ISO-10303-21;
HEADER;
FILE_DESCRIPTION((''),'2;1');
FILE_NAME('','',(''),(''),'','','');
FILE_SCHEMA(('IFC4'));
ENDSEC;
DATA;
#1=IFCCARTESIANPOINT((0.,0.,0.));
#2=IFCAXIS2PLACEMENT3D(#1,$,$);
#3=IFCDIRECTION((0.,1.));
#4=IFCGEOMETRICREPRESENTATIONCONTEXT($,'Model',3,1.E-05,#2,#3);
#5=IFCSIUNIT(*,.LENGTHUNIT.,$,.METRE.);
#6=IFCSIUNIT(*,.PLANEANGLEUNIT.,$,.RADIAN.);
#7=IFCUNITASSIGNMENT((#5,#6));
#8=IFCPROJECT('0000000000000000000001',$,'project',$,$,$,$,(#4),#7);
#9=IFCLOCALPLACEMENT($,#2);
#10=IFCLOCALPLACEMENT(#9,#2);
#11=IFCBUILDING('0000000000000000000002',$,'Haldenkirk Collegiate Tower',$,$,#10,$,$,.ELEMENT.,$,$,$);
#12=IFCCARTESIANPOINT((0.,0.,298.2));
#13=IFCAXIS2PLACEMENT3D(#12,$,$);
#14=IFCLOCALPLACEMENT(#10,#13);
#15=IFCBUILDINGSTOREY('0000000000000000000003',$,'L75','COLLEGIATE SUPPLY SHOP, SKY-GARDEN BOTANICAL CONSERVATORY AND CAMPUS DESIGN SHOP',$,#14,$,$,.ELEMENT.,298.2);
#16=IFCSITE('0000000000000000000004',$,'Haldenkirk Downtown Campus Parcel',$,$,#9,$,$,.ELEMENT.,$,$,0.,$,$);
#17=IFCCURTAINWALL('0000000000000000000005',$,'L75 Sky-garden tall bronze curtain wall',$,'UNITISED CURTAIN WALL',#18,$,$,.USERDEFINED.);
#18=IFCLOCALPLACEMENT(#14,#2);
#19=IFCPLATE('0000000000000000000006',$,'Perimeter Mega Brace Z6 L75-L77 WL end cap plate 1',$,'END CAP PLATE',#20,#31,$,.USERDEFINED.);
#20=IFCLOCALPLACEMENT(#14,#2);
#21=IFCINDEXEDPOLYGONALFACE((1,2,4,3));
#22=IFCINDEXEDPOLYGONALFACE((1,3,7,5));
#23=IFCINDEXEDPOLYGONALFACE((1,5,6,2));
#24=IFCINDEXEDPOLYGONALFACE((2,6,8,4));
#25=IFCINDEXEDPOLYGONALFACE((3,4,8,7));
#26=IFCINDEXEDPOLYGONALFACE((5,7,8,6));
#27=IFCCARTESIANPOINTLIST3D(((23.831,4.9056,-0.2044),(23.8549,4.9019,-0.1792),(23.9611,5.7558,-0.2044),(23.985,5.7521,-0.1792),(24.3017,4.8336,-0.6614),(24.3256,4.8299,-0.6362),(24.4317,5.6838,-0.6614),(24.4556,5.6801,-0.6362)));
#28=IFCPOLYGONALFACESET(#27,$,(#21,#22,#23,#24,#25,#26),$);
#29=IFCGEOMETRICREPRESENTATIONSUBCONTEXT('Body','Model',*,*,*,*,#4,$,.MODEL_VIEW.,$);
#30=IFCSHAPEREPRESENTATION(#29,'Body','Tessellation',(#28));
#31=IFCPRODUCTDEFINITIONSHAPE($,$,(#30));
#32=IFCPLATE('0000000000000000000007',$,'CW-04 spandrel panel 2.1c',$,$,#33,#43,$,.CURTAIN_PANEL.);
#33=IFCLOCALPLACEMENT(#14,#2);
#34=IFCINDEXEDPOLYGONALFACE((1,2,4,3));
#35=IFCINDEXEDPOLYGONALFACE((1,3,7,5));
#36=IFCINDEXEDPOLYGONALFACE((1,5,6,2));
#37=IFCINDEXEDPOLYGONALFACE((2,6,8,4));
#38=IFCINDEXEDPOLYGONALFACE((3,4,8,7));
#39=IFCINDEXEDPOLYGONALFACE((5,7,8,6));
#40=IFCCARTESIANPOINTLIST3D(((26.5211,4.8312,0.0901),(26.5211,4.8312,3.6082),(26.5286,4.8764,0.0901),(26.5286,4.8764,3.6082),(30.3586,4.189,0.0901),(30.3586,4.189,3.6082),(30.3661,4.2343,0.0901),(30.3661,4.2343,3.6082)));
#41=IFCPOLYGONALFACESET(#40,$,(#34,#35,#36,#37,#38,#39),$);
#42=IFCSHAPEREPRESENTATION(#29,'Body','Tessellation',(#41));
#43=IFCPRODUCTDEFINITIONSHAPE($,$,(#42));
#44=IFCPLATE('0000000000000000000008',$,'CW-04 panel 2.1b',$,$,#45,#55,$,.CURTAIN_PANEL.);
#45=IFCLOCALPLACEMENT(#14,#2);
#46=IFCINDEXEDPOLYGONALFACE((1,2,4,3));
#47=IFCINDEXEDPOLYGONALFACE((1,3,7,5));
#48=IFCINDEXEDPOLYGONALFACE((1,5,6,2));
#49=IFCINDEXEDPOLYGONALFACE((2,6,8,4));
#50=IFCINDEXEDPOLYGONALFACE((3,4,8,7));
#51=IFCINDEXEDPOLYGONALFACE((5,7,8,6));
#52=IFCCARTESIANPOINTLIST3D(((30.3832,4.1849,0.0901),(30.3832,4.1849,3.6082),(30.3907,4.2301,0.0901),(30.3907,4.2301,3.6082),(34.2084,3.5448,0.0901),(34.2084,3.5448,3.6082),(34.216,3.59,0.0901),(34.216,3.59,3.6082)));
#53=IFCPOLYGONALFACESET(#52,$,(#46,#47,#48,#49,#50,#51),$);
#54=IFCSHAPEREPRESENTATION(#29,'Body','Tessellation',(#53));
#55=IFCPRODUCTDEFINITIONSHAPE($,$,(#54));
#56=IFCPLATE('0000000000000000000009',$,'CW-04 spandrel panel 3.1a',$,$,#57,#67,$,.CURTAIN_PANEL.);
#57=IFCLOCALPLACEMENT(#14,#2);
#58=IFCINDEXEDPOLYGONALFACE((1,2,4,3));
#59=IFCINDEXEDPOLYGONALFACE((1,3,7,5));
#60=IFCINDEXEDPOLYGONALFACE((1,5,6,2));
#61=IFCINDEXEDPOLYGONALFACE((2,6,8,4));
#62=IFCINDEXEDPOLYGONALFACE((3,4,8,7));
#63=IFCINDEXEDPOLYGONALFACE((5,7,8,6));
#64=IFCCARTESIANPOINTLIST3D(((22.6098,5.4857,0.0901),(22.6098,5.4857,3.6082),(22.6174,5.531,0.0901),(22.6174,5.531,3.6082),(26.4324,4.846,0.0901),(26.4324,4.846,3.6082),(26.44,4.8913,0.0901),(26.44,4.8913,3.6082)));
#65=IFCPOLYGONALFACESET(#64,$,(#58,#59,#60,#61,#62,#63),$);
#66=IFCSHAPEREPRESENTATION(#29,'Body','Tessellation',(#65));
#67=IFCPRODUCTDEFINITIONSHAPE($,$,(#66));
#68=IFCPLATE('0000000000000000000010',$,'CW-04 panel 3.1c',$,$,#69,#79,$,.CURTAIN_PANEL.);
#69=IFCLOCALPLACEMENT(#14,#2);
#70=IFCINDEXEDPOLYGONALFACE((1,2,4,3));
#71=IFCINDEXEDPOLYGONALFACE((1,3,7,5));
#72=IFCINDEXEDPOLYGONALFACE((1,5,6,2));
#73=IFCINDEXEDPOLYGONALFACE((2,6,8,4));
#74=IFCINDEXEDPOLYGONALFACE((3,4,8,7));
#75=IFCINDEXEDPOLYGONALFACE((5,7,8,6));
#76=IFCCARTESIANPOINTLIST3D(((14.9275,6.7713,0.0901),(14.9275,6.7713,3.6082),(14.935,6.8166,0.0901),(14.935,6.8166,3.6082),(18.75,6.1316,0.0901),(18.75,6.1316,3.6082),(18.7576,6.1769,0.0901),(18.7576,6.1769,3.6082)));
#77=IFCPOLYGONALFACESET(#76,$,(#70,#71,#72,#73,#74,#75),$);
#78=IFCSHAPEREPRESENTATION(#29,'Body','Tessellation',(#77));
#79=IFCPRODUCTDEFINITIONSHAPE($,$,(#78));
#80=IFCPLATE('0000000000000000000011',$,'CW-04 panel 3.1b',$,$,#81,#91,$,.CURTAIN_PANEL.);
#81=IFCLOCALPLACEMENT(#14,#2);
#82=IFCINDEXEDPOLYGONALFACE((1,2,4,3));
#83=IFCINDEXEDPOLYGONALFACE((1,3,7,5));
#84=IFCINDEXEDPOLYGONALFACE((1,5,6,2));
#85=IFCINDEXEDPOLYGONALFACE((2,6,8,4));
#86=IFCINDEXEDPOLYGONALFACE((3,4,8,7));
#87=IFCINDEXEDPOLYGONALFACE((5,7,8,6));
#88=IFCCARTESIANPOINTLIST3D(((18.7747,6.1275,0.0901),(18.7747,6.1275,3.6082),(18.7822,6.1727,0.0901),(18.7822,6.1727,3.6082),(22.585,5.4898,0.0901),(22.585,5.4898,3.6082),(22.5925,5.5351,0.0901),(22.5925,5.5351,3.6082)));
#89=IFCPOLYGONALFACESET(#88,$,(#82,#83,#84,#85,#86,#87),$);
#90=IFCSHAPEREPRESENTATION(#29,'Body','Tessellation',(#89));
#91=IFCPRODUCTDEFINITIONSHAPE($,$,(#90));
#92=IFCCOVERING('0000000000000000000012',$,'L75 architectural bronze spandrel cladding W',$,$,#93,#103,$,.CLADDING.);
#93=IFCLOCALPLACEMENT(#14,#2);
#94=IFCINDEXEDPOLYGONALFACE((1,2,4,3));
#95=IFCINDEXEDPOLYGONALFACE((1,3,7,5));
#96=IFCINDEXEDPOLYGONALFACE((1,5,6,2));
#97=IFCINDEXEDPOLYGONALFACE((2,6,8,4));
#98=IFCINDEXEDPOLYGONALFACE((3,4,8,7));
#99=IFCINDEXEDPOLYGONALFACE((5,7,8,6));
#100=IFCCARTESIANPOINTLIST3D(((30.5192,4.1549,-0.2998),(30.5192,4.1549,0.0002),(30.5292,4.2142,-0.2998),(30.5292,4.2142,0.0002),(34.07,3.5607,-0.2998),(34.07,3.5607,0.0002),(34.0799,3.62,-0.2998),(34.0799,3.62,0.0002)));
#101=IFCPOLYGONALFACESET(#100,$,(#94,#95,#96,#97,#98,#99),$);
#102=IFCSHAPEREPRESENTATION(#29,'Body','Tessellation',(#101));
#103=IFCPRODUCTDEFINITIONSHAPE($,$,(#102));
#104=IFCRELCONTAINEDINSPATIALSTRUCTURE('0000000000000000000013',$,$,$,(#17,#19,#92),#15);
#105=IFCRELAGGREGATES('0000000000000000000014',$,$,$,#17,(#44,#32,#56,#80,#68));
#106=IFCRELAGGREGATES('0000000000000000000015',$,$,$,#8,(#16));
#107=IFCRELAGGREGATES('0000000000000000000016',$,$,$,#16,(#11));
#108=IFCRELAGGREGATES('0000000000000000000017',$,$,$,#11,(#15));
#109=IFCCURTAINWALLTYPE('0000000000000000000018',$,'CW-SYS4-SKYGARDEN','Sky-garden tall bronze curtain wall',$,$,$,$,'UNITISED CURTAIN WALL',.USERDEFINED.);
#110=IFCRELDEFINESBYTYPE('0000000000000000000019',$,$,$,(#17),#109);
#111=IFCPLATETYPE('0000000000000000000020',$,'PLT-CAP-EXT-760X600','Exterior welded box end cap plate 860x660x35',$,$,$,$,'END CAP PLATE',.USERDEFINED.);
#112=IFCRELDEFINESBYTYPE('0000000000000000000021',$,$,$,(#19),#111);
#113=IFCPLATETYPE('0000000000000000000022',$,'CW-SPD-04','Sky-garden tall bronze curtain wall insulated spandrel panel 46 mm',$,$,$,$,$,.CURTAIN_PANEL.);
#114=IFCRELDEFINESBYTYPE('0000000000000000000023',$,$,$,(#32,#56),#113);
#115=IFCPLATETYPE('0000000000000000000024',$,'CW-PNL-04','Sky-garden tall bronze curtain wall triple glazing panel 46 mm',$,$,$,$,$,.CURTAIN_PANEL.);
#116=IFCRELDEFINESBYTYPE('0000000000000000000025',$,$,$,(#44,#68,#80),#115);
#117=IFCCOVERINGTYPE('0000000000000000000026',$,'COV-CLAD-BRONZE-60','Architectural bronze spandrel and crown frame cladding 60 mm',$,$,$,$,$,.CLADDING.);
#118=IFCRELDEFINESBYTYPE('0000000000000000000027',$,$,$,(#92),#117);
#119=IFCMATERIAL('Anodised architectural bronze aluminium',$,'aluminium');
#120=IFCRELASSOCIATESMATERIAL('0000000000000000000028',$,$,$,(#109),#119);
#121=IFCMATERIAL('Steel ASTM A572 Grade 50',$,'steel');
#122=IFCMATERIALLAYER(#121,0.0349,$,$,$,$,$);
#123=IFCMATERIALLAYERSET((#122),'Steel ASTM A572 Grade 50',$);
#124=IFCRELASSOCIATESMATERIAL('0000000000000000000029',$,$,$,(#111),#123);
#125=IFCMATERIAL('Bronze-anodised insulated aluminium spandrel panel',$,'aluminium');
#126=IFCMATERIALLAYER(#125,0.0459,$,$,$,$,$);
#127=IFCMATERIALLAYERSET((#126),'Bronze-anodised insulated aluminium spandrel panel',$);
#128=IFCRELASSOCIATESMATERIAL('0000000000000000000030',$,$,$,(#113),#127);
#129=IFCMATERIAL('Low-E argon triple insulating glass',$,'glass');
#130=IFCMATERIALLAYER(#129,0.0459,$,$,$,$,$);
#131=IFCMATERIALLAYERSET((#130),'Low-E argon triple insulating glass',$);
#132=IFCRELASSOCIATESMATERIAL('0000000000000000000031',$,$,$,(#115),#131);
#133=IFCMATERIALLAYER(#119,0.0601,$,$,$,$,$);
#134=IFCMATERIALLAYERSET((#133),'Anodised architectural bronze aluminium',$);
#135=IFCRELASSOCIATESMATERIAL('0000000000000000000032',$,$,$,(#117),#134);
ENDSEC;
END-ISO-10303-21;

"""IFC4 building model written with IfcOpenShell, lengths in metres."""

from ifc_helpers import new_model, si_unit, direction, frame, origin, origin_2d, place, context, subcontext, project, spatial, rectangle, extrude, source, transform, mapped, material, layer, layer_set, type_object, element, aggregate, save


model = new_model("IFC4")

# Units and contexts
model_context = context("Model", 3, precision=1e-05, world=origin(), true_north=direction((0.0, 1.0)))
body_context = subcontext(model_context, "Body", "Model", "MODEL_VIEW")
ifc_project = project(units=[si_unit("LENGTHUNIT", "METRE"), si_unit("PLANEANGLEUNIT", "RADIAN")], contexts=[model_context])

# Site, building, storey
site_placement = place(None, origin())
site = spatial("IfcSite", under=ifc_project, at=site_placement, Name="Haldenkirk Downtown Campus Parcel", CompositionType="ELEMENT", RefElevation=0.0)
building_placement = place(site_placement, origin())
building = spatial("IfcBuilding", under=site, at=building_placement, Name="Haldenkirk Collegiate Tower", CompositionType="ELEMENT")
storey_placement = place(building_placement, frame((0.0, 0.0, 298.2)))
storey = spatial("IfcBuildingStorey", under=building, at=storey_placement, Name="L75", Description="COLLEGIATE SUPPLY SHOP, SKY-GARDEN BOTANICAL CONSERVATORY AND CAMPUS DESIGN SHOP", CompositionType="ELEMENT", Elevation=298.2)

# Shared definitions
ifc_material_1 = material(Name="Steel ASTM A572 Grade 50", Category="steel")

# Curtain wall
ifc_material_2 = material(Name="Anodised architectural bronze aluminium", Category="aluminium")
curtain_wall_type = type_object("IfcCurtainWallType", Name="CW-SYS4-SKYGARDEN", Description="Sky-garden tall bronze curtain wall", ElementType="UNITISED CURTAIN WALL", PredefinedType="USERDEFINED", material=ifc_material_2)
curtain_wall_placement = place(storey_placement, origin())
curtain_wall = element("IfcCurtainWall", 1, at=curtain_wall_placement, inside=storey, type_object=curtain_wall_type, Name="L75 Sky-garden tall bronze curtain wall", ObjectType="UNITISED CURTAIN WALL", PredefinedType="USERDEFINED")

# Plates
ifc_layer_1 = layer(ifc_material_1, 0.0349)
ifc_layer_set_1 = layer_set([ifc_layer_1], Name="Steel ASTM A572 Grade 50")
plate_type_1 = type_object("IfcPlateType", Name="PLT-CAP-EXT-760X600", Description="Exterior welded box end cap plate 860x660x35", ElementType="END CAP PLATE", PredefinedType="USERDEFINED", material=ifc_layer_set_1)
shared_shape_1 = source(origin(), body_context, "Body", "SweptSolid", [
    extrude(rectangle(XDim=0.8601, YDim=0.6599, at=origin_2d()), origin(), (0.0, 0.0, 1.0), 0.0349),
])
plate_1_placement = place(storey_placement, frame((24.1553, 5.291, -0.4077), z_axis=(-0.684511, 0.104705, -0.721445), x_axis=(-0.151204, -0.988503, 0.0)))
element("IfcPlate", 2, at=plate_1_placement, inside=storey, type_object=plate_type_1, Name="Perimeter Mega Brace Z6 L75-L77 WL end cap plate 1", ObjectType="END CAP PLATE", PredefinedType="USERDEFINED", context=body_context, shape_type="MappedRepresentation", body=[
    mapped(shared_shape_1, transform((0.0, 0.0, 0.0), x_axis=(1.0, 0.0, 0.0), y_axis=(0.0, 1.0, 0.0), z_axis=(0.0, 0.0, 1.0), scale=1.0)),
])
ifc_material_3 = material(Name="Bronze-anodised insulated aluminium spandrel panel", Category="aluminium")
ifc_layer_2 = layer(ifc_material_3, 0.0459)
ifc_layer_set_2 = layer_set([ifc_layer_2], Name="Bronze-anodised insulated aluminium spandrel panel")
plate_type_2 = type_object("IfcPlateType", Name="CW-SPD-04", Description="Sky-garden tall bronze curtain wall insulated spandrel panel 46 mm", PredefinedType="CURTAIN_PANEL", material=ifc_layer_set_2)
shared_shape_2 = source(origin(), body_context, "Body", "SweptSolid", [
    extrude(rectangle(XDim=3.8909, YDim=0.0459, at=origin_2d()), origin(), (0.0, 0.0, 1.0), 3.5181),
])
plate_2_placement = place(storey_placement, frame((28.4436, 4.5327, 0.0901), z_axis=(0.0, 0.0, 1.0), x_axis=(-0.986285, 0.165049, 0.0)))
plate_2 = element("IfcPlate", 3, at=plate_2_placement, type_object=plate_type_2, Name="CW-04 spandrel panel 2.1c", PredefinedType="CURTAIN_PANEL", context=body_context, shape_type="MappedRepresentation", body=[
    mapped(shared_shape_2, transform((0.0, 0.0, 0.0), x_axis=(1.0, 0.0, 0.0), y_axis=(0.0, 1.0, 0.0), z_axis=(0.0, 0.0, 1.0), scale=1.0)),
])
ifc_material_4 = material(Name="Low-E argon triple insulating glass", Category="glass")
ifc_layer_3 = layer(ifc_material_4, 0.0459)
ifc_layer_set_3 = layer_set([ifc_layer_3], Name="Low-E argon triple insulating glass")
plate_type_3 = type_object("IfcPlateType", Name="CW-PNL-04", Description="Sky-garden tall bronze curtain wall triple glazing panel 46 mm", PredefinedType="CURTAIN_PANEL", material=ifc_layer_set_3)
shared_shape_3 = source(origin(), body_context, "Body", "SweptSolid", [
    extrude(rectangle(XDim=3.8784, YDim=0.0459, at=origin_2d()), origin(), (0.0, 0.0, 1.0), 3.5181),
])
plate_3_placement = place(storey_placement, frame((32.2996, 3.8875, 0.0901), z_axis=(0.0, 0.0, 1.0), x_axis=(-0.986285, 0.165049, 0.0)))
plate_3 = element("IfcPlate", 4, at=plate_3_placement, type_object=plate_type_3, Name="CW-04 panel 2.1b", PredefinedType="CURTAIN_PANEL", context=body_context, shape_type="MappedRepresentation", body=[
    mapped(shared_shape_3, transform((0.0, 0.0, 0.0), x_axis=(1.0, 0.0, 0.0), y_axis=(0.0, 1.0, 0.0), z_axis=(0.0, 0.0, 1.0), scale=1.0)),
])
shared_shape_4 = source(origin(), body_context, "Body", "SweptSolid", [
    extrude(rectangle(XDim=3.8757, YDim=0.0459, at=origin_2d()), origin(), (0.0, 0.0, 1.0), 3.5181),
])
plate_4_placement = place(storey_placement, frame((24.5249, 5.1885, 0.0901), z_axis=(0.0, 0.0, 1.0), x_axis=(-0.986285, 0.165049, 0.0)))
plate_4 = element("IfcPlate", 5, at=plate_4_placement, type_object=plate_type_2, Name="CW-04 spandrel panel 3.1a", PredefinedType="CURTAIN_PANEL", context=body_context, shape_type="MappedRepresentation", body=[
    mapped(shared_shape_4, transform((0.0, 0.0, 0.0), x_axis=(1.0, 0.0, 0.0), y_axis=(0.0, 1.0, 0.0), z_axis=(0.0, 0.0, 1.0), scale=1.0)),
])
plate_5_placement = place(storey_placement, frame((16.8425, 6.4741, 0.0901), z_axis=(0.0, 0.0, 1.0), x_axis=(-0.986285, 0.165049, 0.0)))
plate_5 = element("IfcPlate", 6, at=plate_5_placement, type_object=plate_type_3, Name="CW-04 panel 3.1c", PredefinedType="CURTAIN_PANEL", context=body_context, shape_type="MappedRepresentation", body=[
    mapped(shared_shape_4, transform((0.0, 0.0, 0.0), x_axis=(1.0, 0.0, 0.0), y_axis=(0.0, 1.0, 0.0), z_axis=(0.0, 0.0, 1.0), scale=1.0)),
])
shared_shape_5 = source(origin(), body_context, "Body", "SweptSolid", [
    extrude(rectangle(XDim=3.8633, YDim=0.0459, at=origin_2d()), origin(), (0.0, 0.0, 1.0), 3.5181),
])
plate_6_placement = place(storey_placement, frame((20.6836, 5.8313, 0.0901), z_axis=(0.0, 0.0, 1.0), x_axis=(-0.986285, 0.165049, 0.0)))
plate_6 = element("IfcPlate", 7, at=plate_6_placement, type_object=plate_type_3, Name="CW-04 panel 3.1b", PredefinedType="CURTAIN_PANEL", context=body_context, shape_type="MappedRepresentation", body=[
    mapped(shared_shape_5, transform((0.0, 0.0, 0.0), x_axis=(1.0, 0.0, 0.0), y_axis=(0.0, 1.0, 0.0), z_axis=(0.0, 0.0, 1.0), scale=1.0)),
])
aggregate(curtain_wall, [plate_3, plate_2, plate_4, plate_6, plate_5])

# Covering
ifc_layer_4 = layer(ifc_material_2, 0.0601)
ifc_layer_set_4 = layer_set([ifc_layer_4], Name="Anodised architectural bronze aluminium")
covering_type = type_object("IfcCoveringType", Name="COV-CLAD-BRONZE-60", Description="Architectural bronze spandrel and crown frame cladding 60 mm", PredefinedType="CLADDING", material=ifc_layer_set_4)
shared_shape_6 = source(origin(), body_context, "Body", "SweptSolid", [
    extrude(rectangle(XDim=3.6001, YDim=0.0601, at=origin_2d()), origin(), (0.0, 0.0, 1.0), 0.3),
])
covering_placement = place(storey_placement, frame((32.2996, 3.8875, -0.2998), z_axis=(0.0, 0.0, 1.0), x_axis=(-0.986286, 0.165048, 0.0)))
element("IfcCovering", 8, at=covering_placement, inside=storey, type_object=covering_type, Name="L75 architectural bronze spandrel cladding W", PredefinedType="CLADDING", context=body_context, shape_type="MappedRepresentation", body=[
    mapped(shared_shape_6, transform((0.0, 0.0, 0.0), x_axis=(1.0, 0.0, 0.0), y_axis=(0.0, 1.0, 0.0), z_axis=(0.0, 0.0, 1.0), scale=1.0)),
])

save(model, "model.ifc")
